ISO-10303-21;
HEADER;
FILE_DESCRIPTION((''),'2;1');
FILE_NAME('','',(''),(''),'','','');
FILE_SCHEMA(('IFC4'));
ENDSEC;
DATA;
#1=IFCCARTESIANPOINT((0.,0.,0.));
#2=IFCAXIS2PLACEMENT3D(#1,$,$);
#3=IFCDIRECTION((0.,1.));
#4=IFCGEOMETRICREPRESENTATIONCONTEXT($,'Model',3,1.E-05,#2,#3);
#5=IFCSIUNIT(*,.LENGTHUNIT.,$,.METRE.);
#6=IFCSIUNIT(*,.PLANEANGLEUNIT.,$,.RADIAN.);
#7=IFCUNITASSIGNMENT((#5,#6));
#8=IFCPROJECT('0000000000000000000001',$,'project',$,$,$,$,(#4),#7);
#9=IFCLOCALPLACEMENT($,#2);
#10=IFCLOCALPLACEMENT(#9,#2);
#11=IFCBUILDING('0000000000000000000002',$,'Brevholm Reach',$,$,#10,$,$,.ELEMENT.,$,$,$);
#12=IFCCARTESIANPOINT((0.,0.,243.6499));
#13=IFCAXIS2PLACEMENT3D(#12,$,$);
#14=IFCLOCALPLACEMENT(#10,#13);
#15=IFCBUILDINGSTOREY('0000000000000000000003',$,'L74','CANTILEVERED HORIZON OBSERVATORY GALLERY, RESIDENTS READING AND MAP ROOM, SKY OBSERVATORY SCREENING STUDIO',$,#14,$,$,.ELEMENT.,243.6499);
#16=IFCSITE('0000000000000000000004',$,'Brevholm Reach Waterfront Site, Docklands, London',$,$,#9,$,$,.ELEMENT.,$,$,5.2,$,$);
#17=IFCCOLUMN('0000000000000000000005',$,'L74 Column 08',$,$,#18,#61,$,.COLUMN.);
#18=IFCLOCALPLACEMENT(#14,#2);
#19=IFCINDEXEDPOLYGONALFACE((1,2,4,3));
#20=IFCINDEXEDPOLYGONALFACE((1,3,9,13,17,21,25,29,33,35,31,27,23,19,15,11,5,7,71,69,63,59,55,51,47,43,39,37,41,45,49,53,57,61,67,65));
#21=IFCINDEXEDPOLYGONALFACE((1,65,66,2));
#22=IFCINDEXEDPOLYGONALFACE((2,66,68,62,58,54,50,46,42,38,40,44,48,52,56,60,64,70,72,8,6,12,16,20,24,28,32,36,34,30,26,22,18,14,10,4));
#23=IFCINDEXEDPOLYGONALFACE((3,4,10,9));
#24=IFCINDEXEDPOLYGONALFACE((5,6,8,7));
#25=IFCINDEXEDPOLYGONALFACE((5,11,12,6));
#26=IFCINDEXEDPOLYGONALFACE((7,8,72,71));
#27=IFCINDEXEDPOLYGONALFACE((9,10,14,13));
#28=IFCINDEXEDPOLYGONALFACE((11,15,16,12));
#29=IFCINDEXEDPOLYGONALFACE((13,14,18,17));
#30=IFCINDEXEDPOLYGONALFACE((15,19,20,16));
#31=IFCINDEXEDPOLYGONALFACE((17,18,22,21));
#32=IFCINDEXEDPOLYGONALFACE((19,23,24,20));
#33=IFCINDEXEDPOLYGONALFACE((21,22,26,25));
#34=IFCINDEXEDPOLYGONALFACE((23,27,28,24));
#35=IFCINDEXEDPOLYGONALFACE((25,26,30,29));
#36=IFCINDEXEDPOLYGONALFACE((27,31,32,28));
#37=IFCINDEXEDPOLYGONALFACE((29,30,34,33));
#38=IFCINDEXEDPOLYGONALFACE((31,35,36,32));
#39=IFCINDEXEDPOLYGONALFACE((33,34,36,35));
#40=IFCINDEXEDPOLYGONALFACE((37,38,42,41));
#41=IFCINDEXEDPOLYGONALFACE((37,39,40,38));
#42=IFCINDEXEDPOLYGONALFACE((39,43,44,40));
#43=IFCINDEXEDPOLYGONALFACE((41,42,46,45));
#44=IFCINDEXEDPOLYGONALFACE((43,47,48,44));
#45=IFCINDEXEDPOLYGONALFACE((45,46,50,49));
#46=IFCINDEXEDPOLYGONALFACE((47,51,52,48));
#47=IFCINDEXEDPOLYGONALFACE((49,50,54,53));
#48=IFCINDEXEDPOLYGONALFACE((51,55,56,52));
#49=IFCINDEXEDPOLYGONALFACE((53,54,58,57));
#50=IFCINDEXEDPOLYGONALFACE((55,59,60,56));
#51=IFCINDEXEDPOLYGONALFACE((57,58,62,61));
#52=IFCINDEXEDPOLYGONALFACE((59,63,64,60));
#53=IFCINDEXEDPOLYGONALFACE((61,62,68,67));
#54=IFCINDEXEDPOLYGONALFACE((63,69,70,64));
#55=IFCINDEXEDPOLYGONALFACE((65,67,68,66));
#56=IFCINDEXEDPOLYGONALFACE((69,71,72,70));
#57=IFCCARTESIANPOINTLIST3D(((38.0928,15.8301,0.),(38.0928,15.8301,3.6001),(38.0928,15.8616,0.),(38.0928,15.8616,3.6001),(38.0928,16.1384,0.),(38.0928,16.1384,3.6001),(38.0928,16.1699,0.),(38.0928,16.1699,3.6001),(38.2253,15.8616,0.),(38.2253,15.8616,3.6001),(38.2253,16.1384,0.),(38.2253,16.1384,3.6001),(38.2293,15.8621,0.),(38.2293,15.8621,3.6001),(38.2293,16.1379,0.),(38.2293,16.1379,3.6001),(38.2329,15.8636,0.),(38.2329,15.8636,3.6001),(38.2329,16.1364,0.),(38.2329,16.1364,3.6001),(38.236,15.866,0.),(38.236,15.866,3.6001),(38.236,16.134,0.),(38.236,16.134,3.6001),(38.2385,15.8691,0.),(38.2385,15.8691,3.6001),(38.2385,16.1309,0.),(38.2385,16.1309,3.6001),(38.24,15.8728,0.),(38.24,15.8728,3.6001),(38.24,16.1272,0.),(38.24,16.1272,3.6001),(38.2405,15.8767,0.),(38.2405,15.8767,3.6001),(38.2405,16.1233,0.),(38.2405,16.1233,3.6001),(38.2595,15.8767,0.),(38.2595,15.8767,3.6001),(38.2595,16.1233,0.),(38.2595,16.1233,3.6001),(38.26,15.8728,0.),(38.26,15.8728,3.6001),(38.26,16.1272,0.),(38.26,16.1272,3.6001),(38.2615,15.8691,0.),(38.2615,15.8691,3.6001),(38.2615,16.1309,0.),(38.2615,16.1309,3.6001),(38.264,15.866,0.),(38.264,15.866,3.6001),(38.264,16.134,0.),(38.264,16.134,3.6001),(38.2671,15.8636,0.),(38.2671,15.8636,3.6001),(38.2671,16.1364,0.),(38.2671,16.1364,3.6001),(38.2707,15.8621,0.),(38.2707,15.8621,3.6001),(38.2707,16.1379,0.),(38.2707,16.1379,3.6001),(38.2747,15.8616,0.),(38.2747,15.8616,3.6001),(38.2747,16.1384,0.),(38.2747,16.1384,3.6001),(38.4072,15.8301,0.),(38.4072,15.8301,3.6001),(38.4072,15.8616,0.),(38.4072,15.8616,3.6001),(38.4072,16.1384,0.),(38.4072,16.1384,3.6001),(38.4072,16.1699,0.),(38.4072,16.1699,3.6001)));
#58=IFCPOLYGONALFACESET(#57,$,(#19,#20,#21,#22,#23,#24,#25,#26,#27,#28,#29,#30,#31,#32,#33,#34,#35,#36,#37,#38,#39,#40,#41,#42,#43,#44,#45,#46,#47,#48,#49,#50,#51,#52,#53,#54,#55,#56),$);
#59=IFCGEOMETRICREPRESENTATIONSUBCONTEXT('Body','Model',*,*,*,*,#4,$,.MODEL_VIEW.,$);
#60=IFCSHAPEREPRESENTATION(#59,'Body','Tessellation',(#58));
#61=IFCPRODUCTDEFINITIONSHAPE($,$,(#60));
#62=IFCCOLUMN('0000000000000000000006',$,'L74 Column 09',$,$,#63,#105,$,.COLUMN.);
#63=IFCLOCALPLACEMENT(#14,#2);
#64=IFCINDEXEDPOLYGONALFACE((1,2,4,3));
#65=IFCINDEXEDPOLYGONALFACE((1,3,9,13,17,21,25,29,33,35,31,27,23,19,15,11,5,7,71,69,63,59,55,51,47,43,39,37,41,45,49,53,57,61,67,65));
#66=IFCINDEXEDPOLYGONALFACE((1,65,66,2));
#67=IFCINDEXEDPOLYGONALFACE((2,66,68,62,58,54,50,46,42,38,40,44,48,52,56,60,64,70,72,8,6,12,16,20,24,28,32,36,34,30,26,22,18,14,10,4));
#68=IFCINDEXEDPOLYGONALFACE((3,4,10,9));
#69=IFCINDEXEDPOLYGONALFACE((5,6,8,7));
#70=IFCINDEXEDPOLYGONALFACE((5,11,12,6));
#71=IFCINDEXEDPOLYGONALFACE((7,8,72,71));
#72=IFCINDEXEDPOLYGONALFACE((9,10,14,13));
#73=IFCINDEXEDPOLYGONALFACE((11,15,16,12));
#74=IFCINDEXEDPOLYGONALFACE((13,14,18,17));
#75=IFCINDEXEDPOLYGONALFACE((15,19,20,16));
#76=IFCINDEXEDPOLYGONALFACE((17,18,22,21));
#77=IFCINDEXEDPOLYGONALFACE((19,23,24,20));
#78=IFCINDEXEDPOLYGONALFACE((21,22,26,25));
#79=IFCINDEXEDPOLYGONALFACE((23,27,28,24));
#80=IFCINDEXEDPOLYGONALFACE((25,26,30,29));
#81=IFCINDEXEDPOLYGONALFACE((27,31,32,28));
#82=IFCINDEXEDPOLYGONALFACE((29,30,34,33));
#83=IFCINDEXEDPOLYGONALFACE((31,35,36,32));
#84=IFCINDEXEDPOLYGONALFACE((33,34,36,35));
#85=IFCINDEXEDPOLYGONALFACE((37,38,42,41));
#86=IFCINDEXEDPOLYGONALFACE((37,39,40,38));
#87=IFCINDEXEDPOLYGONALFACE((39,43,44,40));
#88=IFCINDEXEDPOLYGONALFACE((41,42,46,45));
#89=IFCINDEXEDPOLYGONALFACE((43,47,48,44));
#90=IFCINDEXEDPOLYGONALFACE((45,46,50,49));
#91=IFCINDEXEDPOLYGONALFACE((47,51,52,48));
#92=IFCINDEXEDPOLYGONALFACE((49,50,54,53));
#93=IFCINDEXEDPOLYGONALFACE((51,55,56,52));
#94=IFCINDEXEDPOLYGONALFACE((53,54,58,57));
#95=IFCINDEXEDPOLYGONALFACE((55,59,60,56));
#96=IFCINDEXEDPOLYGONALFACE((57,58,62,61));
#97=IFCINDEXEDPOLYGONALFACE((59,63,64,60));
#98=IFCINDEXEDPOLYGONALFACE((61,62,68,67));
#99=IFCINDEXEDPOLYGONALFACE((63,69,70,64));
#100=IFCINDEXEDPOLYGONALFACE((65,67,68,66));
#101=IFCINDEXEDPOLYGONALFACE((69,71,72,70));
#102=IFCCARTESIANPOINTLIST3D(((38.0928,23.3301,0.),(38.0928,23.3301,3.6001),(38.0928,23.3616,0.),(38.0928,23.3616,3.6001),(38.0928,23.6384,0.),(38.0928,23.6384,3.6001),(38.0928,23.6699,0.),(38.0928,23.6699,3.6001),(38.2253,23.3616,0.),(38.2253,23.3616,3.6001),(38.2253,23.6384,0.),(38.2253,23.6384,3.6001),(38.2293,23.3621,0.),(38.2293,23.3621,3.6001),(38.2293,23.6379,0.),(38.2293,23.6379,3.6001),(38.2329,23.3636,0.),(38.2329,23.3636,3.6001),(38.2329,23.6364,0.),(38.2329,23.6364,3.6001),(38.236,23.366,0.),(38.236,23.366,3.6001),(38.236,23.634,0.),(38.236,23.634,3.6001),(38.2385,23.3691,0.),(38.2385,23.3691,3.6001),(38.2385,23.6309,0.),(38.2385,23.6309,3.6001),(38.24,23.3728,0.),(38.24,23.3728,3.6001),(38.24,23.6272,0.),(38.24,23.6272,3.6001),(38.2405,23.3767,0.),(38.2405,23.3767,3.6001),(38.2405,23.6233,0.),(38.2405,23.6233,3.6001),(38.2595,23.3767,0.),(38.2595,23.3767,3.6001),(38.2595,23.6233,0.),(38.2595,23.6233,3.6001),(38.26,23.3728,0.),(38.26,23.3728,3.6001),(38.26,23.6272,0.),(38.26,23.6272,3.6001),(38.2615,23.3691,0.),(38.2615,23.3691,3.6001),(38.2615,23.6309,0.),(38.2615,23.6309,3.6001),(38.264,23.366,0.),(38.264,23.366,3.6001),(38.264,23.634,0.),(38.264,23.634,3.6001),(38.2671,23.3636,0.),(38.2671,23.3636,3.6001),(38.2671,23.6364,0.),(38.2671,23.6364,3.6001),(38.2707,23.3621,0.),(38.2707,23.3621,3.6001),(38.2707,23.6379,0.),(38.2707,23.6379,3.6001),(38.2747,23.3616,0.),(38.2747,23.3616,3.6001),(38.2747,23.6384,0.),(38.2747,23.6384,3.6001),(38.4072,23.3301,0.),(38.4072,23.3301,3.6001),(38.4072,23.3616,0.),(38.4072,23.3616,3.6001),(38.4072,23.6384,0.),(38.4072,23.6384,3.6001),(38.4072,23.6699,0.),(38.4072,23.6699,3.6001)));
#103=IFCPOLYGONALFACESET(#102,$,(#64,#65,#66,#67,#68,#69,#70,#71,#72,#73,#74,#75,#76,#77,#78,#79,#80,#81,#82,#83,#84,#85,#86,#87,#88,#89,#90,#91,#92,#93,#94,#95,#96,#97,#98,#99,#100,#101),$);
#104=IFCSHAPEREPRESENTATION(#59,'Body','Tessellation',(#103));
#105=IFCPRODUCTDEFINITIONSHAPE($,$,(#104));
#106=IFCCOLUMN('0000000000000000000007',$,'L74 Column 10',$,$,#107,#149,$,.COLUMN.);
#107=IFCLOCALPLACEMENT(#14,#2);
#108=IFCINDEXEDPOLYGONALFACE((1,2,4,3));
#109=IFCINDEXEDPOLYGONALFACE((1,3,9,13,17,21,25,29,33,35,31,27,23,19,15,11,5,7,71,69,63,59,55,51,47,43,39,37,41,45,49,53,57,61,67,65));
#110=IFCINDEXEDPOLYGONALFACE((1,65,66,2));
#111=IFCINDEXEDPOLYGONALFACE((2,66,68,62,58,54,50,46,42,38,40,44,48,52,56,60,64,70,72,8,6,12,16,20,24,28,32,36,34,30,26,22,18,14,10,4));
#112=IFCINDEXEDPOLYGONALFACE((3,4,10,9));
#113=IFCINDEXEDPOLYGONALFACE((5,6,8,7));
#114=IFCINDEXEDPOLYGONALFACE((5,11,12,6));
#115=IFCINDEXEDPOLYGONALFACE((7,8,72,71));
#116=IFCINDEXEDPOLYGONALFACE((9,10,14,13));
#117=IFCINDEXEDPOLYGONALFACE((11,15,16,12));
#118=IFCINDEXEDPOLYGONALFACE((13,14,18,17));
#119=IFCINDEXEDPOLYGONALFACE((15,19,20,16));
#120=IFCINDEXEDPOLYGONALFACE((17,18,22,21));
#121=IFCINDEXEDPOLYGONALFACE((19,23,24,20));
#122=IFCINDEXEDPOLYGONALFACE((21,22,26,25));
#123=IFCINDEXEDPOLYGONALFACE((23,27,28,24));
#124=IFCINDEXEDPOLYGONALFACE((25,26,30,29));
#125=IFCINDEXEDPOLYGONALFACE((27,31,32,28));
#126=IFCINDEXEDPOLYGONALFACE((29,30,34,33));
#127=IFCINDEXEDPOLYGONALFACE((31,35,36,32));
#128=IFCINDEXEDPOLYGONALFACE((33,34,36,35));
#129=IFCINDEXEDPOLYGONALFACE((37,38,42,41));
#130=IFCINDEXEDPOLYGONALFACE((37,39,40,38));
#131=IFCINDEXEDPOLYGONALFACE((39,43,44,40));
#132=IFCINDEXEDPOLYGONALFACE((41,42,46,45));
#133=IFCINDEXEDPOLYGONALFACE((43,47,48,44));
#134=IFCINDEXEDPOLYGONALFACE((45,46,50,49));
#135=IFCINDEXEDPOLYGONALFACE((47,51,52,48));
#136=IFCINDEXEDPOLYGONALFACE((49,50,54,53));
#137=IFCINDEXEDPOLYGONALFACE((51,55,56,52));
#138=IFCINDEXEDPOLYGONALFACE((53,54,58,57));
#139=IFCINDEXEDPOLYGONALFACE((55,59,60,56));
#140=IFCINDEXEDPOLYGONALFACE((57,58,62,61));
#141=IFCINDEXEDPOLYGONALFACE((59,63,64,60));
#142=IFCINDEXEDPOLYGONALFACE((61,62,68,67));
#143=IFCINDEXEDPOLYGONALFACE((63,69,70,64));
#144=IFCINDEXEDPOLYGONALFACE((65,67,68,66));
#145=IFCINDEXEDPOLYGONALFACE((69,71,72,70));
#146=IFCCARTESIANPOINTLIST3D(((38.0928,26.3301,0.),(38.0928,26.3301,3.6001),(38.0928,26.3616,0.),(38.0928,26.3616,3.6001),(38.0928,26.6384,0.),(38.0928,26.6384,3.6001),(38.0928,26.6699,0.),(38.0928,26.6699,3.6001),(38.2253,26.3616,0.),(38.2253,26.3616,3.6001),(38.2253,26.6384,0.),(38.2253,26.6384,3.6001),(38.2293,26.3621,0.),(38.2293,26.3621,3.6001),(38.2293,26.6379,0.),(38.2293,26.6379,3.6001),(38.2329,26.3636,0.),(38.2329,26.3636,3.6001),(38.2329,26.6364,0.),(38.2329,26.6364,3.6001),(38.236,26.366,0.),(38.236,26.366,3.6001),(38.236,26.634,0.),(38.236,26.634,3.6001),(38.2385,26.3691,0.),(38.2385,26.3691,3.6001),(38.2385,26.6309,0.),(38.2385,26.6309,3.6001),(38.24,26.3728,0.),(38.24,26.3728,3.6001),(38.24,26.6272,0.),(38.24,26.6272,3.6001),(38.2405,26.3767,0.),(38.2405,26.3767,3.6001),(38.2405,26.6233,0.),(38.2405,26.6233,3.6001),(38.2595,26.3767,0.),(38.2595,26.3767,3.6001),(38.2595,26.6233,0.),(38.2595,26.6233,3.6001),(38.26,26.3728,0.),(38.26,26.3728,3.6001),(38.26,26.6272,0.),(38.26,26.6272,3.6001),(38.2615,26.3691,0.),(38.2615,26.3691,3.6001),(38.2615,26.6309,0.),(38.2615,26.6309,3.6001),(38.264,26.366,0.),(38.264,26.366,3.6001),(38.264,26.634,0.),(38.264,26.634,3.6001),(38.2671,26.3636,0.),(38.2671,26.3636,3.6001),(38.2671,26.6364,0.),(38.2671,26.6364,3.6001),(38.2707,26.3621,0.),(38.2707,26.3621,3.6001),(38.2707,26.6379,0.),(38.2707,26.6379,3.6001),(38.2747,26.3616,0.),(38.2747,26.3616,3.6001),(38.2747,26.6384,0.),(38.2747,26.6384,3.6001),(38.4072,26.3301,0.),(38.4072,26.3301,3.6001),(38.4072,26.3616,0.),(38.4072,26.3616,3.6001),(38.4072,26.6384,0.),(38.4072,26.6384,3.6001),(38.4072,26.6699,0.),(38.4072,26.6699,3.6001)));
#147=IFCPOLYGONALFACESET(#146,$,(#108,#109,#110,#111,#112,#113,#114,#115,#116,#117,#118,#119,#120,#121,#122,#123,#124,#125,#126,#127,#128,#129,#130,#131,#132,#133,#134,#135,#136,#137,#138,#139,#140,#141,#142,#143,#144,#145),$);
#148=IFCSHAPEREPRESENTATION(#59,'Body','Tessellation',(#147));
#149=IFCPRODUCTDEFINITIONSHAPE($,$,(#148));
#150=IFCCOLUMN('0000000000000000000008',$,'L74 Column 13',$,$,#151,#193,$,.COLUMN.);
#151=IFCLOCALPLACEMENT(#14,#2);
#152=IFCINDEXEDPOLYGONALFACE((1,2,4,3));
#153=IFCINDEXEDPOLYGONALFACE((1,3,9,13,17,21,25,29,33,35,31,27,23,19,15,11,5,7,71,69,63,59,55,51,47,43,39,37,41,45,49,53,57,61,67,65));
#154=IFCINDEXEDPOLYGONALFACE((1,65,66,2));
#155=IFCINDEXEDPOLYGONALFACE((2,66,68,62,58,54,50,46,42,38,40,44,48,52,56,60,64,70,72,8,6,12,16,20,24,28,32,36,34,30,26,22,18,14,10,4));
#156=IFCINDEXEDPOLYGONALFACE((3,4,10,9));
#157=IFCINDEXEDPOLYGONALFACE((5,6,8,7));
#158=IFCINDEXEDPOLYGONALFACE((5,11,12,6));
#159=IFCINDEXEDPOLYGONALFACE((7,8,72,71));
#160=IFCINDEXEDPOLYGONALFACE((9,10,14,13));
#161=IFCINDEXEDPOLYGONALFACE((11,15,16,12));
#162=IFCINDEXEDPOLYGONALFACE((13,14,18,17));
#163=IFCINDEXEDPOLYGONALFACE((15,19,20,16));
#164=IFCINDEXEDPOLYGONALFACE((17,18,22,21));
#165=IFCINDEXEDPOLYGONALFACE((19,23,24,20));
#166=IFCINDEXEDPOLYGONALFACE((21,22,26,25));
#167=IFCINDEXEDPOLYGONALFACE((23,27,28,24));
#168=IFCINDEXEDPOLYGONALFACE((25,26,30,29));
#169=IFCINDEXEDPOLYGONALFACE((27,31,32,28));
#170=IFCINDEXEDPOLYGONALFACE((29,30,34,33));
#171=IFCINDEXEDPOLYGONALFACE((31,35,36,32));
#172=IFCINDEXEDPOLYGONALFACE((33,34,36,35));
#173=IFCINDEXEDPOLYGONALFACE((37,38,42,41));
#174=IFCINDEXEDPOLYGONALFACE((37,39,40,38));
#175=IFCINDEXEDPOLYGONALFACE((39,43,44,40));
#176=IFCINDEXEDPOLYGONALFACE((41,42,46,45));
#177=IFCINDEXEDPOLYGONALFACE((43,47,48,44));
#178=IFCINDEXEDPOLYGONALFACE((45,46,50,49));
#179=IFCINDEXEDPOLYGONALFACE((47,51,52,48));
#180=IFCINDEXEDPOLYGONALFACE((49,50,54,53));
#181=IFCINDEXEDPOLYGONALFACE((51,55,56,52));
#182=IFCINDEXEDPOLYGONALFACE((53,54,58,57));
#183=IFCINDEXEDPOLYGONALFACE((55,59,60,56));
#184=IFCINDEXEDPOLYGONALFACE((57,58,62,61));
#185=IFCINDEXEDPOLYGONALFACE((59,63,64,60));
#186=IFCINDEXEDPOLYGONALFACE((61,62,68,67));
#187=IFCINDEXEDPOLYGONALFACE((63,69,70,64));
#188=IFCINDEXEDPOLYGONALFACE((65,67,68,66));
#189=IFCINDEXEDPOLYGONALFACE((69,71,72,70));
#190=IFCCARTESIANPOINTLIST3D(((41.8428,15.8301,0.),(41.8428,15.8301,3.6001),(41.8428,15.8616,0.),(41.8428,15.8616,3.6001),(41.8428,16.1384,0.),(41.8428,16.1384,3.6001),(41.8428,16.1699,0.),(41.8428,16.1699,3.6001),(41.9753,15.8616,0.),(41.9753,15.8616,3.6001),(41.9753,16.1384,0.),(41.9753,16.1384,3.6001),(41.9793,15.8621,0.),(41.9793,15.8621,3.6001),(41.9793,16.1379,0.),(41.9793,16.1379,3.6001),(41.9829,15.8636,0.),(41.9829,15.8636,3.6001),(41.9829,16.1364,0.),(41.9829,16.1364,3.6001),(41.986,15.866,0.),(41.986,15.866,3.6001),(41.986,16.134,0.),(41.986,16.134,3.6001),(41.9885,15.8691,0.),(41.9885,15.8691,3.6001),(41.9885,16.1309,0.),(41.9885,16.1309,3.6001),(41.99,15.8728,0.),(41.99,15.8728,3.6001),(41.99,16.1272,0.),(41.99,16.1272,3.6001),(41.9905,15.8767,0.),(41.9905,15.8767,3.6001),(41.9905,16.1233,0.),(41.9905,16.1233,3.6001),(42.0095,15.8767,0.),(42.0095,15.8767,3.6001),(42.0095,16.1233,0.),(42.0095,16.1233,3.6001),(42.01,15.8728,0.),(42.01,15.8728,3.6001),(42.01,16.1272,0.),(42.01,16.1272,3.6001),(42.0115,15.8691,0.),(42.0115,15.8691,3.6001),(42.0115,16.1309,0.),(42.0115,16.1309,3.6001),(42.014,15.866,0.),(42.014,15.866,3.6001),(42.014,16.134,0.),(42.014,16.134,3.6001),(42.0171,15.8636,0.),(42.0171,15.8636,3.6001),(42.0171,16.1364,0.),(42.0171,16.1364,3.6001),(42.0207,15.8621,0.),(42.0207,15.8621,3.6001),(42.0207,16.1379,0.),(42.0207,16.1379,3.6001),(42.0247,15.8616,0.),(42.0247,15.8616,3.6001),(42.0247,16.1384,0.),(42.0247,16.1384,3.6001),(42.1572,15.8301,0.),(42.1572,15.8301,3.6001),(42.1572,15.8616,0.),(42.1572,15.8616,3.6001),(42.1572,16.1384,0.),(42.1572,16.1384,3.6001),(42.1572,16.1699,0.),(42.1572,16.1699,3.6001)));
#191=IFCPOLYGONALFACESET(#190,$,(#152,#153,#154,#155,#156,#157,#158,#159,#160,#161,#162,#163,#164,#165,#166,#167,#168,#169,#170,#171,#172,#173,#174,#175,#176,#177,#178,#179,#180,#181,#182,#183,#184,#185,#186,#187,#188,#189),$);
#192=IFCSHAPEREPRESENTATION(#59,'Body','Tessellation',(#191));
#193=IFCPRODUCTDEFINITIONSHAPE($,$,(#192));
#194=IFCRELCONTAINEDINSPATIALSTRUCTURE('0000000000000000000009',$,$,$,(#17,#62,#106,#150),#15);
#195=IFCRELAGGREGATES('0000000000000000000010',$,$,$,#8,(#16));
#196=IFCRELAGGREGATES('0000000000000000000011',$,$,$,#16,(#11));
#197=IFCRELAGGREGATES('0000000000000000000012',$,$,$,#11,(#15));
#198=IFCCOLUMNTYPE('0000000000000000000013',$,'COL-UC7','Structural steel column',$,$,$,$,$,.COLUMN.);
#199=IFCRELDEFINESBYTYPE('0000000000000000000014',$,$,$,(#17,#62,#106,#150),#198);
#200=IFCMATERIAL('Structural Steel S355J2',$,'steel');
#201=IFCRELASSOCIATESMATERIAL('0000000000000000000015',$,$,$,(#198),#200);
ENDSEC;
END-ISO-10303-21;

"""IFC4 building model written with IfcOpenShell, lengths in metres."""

from ifc_helpers import new_model, si_unit, direction, frame, origin, origin_2d, place, context, subcontext, project, spatial, i_section, extrude, material, material_profile, profile_set, type_object, element, save


model = new_model("IFC4")

# Units and contexts
model_context = context("Model", 3, precision=1e-05, world=origin(), true_north=direction((0.0, 1.0)))
body_context = subcontext(model_context, "Body", "Model", "MODEL_VIEW")
ifc_project = project(units=[si_unit("LENGTHUNIT", "METRE"), si_unit("PLANEANGLEUNIT", "RADIAN")], contexts=[model_context])

# Site, building, storey
site_placement = place(None, origin())
site = spatial("IfcSite", under=ifc_project, at=site_placement, Name="Brevholm Reach Waterfront Site, Docklands, London", CompositionType="ELEMENT", RefElevation=5.2)
building_placement = place(site_placement, origin())
building = spatial("IfcBuilding", under=site, at=building_placement, Name="Brevholm Reach", CompositionType="ELEMENT")
storey_placement = place(building_placement, frame((0.0, 0.0, 243.6499)))
storey = spatial("IfcBuildingStorey", under=building, at=storey_placement, Name="L74", Description="CANTILEVERED HORIZON OBSERVATORY GALLERY, RESIDENTS READING AND MAP ROOM, SKY OBSERVATORY SCREENING STUDIO", CompositionType="ELEMENT", Elevation=243.6499)

# Columns
ifc_material_1 = material(Name="Structural Steel S355J2", Category="steel")
ifc_material_profile_1 = material_profile(ifc_material_1, i_section(OverallWidth=0.3145, OverallDepth=0.3398, WebThickness=0.019, FlangeThickness=0.0315, FilletRadius=0.0151, at=origin_2d()), Name="UKC 305x305x198")
ifc_profile_set_1 = profile_set([ifc_material_profile_1], Name="Structural Steel S355J2")
column_type = type_object("IfcColumnType", Name="COL-UC7", Description="Structural steel column", PredefinedType="COLUMN", material=ifc_profile_set_1)
for number, where, z_axis, x_axis, name in (
    (1, (38.25, 16.0, 0.0), (0.0, 0.0, 1.0), (1.0, 0.0, 0.0), "L74 Column 08"),
    (2, (38.25, 23.5, 0.0), (0.0, 0.0, 1.0), (1.0, 0.0, 0.0), "L74 Column 09"),
    (3, (38.25, 26.5, 0.0), (0.0, 0.0, 1.0), (1.0, 0.0, 0.0), "L74 Column 10"),
    (4, (42.0, 16.0, 0.0), (0.0, 0.0, 1.0), (1.0, 0.0, 0.0), "L74 Column 13"),
):
    element("IfcColumn", number, at=place(storey_placement, frame(where, z_axis=z_axis, x_axis=x_axis)), inside=storey, type_object=column_type, Name=name, PredefinedType="COLUMN", context=body_context, shape_type="SweptSolid", body=[
        extrude(i_section(OverallWidth=0.3145, OverallDepth=0.3398, WebThickness=0.019, FlangeThickness=0.0315, FilletRadius=0.0151, at=origin_2d()), origin(), (0.0, 0.0, 1.0), 3.6001),
    ])

save(model, "model.ifc")
